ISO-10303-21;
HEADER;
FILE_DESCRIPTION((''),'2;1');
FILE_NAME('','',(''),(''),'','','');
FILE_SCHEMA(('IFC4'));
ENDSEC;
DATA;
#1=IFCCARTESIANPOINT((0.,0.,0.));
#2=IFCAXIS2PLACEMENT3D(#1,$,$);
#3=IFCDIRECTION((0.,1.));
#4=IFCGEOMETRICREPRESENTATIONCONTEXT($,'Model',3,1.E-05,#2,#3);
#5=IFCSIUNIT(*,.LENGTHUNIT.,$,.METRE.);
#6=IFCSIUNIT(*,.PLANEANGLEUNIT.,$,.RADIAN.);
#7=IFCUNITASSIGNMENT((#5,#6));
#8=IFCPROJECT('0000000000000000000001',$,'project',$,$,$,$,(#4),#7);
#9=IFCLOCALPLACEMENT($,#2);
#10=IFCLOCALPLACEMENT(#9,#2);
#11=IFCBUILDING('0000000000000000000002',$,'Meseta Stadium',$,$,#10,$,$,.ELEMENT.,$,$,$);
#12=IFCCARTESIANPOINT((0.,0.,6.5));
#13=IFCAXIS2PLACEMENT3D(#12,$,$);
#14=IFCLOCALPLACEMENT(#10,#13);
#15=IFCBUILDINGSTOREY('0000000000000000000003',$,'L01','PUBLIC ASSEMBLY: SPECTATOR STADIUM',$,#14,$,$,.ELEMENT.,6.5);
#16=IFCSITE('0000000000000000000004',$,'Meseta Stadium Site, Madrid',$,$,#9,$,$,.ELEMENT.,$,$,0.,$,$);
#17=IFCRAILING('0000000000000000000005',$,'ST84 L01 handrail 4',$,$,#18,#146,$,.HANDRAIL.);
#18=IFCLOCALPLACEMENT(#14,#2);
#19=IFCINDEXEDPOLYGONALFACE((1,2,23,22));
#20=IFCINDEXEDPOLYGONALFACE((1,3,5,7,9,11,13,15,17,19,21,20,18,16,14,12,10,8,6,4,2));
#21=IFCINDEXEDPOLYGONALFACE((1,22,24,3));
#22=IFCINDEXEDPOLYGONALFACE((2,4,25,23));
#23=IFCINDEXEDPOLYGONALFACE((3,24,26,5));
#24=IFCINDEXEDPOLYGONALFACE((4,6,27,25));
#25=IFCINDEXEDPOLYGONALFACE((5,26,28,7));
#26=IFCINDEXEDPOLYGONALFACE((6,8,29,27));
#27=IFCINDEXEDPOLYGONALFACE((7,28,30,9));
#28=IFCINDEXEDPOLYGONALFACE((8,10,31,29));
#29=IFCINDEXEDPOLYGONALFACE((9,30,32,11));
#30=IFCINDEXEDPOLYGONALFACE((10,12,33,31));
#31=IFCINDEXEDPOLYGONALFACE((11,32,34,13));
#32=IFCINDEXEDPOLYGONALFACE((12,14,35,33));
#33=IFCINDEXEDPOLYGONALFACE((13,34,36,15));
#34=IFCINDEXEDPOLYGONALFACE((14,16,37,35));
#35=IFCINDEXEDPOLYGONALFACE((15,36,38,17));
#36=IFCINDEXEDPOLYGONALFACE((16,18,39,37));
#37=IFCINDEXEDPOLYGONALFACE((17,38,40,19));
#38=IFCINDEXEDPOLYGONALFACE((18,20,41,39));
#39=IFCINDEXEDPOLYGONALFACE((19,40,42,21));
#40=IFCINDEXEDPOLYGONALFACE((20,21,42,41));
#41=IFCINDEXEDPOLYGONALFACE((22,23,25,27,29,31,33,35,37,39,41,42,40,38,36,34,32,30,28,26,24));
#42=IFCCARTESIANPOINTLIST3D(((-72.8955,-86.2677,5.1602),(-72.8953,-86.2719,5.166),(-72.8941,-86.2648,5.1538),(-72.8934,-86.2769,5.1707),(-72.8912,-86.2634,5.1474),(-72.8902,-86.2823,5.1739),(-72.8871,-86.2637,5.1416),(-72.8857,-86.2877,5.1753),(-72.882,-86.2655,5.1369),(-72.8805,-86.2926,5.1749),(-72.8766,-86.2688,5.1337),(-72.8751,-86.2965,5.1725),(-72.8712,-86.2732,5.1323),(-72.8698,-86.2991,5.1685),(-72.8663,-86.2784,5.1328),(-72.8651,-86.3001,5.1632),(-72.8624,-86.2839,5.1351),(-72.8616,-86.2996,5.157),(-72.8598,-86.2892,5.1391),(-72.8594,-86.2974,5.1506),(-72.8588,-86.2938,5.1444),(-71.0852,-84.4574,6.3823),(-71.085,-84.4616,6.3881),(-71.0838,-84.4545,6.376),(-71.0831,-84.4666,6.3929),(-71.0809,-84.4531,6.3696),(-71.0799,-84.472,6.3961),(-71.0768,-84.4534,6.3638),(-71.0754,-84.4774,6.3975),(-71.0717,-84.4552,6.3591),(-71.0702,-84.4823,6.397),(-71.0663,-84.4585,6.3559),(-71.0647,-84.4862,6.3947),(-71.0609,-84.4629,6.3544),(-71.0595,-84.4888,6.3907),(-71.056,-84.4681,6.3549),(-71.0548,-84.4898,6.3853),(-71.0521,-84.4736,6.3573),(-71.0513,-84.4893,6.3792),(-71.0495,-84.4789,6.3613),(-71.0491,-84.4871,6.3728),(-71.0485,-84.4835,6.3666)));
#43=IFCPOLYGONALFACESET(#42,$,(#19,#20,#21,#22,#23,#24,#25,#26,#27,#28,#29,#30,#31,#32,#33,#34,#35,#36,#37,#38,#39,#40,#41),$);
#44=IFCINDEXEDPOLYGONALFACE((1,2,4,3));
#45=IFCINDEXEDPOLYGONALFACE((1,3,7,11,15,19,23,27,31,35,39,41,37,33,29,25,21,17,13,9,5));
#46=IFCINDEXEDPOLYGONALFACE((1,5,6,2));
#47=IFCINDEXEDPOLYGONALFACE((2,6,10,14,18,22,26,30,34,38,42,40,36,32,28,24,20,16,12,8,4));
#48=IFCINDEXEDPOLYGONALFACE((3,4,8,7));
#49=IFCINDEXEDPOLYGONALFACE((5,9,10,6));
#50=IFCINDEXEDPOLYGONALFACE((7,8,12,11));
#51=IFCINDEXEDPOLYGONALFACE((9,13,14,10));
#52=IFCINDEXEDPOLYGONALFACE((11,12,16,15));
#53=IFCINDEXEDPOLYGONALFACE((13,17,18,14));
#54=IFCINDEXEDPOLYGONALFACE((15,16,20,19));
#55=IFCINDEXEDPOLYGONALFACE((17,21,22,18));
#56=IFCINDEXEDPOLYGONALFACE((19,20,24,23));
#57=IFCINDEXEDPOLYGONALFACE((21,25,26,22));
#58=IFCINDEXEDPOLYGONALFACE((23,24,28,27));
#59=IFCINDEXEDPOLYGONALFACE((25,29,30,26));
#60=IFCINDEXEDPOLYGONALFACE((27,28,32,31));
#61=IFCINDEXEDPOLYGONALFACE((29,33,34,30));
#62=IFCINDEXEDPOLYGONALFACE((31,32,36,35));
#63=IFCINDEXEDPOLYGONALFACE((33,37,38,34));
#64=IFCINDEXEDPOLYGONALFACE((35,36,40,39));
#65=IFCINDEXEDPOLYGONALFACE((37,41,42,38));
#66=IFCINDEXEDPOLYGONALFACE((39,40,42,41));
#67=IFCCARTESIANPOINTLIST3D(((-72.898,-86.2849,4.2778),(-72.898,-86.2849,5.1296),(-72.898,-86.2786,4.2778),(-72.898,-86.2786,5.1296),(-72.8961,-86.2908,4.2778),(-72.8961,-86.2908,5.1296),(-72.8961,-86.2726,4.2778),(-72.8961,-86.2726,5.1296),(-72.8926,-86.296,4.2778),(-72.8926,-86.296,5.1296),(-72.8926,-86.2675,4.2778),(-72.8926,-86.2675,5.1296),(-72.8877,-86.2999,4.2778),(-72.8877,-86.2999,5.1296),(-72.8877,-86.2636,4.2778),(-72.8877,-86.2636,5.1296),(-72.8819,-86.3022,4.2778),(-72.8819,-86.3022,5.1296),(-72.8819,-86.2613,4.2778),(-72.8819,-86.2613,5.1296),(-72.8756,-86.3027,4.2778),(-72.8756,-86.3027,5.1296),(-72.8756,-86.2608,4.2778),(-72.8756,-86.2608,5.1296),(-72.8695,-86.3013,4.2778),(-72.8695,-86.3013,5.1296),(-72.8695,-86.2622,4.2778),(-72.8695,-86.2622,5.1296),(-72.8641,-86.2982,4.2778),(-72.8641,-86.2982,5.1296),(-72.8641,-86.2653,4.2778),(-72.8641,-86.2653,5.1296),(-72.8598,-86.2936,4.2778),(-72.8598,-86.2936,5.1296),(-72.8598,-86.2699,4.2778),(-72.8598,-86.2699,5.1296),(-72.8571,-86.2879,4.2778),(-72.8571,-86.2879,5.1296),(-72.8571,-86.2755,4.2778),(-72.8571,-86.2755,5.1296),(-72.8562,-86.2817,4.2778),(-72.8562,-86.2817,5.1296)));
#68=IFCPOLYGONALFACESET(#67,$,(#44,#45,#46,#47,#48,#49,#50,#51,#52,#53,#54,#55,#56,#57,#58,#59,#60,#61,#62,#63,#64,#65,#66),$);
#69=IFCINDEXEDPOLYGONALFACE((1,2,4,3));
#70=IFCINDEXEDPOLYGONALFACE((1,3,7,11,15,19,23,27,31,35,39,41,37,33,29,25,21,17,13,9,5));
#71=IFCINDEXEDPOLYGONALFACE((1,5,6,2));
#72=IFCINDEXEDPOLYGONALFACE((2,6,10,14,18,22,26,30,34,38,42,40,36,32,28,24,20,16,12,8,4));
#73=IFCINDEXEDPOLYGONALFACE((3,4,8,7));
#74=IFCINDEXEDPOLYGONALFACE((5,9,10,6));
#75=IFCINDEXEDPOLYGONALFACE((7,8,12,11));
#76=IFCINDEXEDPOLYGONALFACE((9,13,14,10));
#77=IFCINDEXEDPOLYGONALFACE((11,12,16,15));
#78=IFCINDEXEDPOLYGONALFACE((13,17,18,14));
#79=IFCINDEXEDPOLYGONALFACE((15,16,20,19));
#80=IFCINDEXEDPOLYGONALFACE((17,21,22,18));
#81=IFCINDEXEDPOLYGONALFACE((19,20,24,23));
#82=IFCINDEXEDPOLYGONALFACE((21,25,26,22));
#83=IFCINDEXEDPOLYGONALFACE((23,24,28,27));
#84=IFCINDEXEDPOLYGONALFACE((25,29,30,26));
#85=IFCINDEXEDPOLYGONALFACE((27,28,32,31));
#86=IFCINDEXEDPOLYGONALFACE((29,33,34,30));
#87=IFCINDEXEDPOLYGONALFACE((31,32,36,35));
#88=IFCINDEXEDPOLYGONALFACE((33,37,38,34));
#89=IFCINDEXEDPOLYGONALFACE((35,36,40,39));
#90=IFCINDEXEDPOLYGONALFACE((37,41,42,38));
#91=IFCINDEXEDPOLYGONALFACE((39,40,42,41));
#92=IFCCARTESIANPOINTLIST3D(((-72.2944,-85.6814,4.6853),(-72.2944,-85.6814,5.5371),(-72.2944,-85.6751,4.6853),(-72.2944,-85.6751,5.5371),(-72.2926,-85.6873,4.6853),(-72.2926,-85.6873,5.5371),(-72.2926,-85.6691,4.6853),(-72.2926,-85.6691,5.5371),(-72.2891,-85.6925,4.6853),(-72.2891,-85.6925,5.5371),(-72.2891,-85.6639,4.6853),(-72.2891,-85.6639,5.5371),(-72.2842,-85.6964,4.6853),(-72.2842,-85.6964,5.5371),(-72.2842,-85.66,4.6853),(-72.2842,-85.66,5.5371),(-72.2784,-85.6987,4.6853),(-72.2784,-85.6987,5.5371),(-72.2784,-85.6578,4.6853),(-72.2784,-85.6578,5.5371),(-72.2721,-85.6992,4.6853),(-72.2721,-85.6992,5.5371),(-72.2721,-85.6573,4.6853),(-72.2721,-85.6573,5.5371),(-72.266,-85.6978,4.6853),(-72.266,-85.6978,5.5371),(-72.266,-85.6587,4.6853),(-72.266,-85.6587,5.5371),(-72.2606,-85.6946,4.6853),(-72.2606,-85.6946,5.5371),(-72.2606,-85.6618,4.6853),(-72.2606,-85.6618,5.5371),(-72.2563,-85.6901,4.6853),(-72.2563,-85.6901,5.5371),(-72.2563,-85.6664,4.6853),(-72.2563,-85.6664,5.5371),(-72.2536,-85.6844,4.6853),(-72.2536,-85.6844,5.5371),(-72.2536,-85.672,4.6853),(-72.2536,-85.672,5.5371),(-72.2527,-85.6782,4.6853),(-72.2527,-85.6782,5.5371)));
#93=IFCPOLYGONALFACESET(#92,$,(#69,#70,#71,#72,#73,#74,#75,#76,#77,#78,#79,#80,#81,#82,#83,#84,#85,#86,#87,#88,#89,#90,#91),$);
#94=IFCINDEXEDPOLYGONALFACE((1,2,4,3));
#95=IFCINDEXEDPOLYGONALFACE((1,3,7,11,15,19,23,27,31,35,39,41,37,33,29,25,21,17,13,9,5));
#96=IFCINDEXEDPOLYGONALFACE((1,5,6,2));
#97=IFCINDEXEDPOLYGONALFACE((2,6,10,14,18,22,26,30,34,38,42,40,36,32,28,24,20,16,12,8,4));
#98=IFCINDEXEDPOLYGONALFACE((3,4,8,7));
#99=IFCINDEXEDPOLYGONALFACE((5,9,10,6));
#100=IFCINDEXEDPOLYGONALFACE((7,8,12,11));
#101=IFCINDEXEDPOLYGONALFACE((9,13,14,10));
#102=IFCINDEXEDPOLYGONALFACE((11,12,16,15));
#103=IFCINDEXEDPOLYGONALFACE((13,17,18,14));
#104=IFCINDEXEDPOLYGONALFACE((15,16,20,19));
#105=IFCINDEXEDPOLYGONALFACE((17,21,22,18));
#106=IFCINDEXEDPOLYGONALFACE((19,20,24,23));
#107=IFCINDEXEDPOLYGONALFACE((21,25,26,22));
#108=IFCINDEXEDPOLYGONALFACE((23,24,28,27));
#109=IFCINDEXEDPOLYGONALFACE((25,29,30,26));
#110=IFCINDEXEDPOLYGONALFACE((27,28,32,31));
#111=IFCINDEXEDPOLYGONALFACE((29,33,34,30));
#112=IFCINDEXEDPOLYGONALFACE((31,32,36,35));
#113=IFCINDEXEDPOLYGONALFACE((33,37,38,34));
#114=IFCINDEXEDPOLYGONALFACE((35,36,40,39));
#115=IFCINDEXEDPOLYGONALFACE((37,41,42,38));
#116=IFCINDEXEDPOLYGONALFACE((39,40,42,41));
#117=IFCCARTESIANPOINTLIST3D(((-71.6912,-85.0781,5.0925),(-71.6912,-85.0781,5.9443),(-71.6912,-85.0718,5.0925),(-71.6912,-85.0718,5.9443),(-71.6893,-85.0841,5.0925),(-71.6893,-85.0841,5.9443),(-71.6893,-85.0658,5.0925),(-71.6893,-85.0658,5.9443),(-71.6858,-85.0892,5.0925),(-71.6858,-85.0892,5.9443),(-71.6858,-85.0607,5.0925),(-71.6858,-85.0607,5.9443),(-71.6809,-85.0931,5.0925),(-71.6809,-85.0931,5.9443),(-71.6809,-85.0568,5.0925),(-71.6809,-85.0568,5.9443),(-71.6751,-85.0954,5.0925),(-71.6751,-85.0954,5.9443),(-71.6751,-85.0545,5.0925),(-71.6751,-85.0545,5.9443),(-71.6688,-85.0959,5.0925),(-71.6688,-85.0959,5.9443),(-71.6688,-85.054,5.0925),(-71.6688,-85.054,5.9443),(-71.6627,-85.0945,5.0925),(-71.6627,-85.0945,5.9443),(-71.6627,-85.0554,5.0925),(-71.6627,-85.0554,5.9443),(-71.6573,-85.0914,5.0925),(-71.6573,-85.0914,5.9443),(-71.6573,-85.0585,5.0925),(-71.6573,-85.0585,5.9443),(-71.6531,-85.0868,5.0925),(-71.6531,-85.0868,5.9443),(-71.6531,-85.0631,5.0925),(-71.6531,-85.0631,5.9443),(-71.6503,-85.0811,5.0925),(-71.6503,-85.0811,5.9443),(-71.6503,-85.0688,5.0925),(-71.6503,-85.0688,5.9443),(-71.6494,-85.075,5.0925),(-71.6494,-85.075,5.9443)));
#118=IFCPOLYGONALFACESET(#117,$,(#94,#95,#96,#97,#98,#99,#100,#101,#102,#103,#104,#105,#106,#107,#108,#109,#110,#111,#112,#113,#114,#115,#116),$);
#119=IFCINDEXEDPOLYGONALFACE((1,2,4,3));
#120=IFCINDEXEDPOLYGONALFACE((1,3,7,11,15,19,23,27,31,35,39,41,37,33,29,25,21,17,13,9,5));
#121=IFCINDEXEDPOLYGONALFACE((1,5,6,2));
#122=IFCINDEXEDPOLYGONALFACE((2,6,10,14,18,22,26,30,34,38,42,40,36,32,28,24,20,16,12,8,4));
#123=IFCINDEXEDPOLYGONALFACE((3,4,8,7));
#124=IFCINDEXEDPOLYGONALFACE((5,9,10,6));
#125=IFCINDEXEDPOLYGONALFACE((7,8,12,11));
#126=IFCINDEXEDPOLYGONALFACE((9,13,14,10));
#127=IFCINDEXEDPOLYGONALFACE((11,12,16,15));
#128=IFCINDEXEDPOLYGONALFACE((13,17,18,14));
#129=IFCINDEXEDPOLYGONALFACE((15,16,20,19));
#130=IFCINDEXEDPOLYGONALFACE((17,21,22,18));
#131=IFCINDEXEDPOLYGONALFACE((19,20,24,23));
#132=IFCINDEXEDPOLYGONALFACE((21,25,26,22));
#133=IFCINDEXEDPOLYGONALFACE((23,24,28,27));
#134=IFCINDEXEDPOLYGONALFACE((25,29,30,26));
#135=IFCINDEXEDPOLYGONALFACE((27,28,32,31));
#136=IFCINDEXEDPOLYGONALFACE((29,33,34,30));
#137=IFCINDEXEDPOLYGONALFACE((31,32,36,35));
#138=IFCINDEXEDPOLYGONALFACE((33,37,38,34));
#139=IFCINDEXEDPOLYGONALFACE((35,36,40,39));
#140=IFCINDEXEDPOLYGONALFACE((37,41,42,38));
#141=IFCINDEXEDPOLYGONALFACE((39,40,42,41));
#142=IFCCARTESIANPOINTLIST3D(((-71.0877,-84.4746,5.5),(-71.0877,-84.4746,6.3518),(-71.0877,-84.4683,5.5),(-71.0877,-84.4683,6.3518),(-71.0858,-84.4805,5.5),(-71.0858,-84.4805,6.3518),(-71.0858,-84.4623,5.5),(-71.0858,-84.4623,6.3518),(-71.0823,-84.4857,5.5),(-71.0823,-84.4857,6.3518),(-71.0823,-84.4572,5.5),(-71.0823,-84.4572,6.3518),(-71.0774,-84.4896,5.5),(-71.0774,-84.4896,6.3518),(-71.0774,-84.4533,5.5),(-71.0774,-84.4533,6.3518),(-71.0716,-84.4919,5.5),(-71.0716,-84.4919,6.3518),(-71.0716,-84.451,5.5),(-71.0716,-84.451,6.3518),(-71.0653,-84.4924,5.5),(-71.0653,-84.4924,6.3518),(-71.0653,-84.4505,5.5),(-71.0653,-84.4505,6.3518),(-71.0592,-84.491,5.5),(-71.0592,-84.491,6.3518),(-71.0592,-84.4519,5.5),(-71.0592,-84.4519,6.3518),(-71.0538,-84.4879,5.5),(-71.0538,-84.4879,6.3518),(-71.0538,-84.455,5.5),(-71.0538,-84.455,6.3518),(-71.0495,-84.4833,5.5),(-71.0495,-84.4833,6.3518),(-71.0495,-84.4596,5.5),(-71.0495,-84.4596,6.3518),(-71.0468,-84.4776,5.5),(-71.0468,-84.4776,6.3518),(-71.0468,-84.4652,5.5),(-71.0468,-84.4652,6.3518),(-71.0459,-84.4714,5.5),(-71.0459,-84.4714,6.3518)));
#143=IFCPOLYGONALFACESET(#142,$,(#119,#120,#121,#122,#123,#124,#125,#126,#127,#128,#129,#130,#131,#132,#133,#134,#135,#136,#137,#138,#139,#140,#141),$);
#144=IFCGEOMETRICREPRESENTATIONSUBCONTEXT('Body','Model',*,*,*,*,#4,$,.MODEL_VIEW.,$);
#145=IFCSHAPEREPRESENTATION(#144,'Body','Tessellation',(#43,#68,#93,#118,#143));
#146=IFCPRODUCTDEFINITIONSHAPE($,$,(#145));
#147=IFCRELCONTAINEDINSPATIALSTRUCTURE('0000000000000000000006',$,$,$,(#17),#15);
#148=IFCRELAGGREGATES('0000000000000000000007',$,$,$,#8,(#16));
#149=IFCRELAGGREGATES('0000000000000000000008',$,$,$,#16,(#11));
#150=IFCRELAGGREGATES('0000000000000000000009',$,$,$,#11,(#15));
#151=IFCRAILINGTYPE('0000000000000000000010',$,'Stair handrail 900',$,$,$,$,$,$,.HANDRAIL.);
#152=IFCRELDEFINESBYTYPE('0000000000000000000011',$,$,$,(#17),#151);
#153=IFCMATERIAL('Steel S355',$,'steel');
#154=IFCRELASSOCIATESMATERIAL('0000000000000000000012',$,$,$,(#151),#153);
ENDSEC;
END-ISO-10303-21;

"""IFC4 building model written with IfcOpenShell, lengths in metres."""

from ifc_helpers import new_model, si_unit, direction, frame, origin, origin_2d, place, context, subcontext, project, spatial, circle, extrude, material, type_object, element, save


model = new_model("IFC4")

# Units and contexts
model_context = context("Model", 3, precision=1e-05, world=origin(), true_north=direction((0.0, 1.0)))
body_context = subcontext(model_context, "Body", "Model", "MODEL_VIEW")
ifc_project = project(units=[si_unit("LENGTHUNIT", "METRE"), si_unit("PLANEANGLEUNIT", "RADIAN")], contexts=[model_context])

# Site, building, storey
site_placement = place(None, origin())
site = spatial("IfcSite", under=ifc_project, at=site_placement, Name="Meseta Stadium Site, Madrid", CompositionType="ELEMENT", RefElevation=0.0)
building_placement = place(site_placement, origin())
building = spatial("IfcBuilding", under=site, at=building_placement, Name="Meseta Stadium", CompositionType="ELEMENT")
storey_placement = place(building_placement, frame((0.0, 0.0, 6.5)))
storey = spatial("IfcBuildingStorey", under=building, at=storey_placement, Name="L01", Description="PUBLIC ASSEMBLY: SPECTATOR STADIUM", CompositionType="ELEMENT", Elevation=6.5)

# Railing
ifc_material_1 = material(Name="Steel S355", Category="steel")
railing_type = type_object("IfcRailingType", Name="Stair handrail 900", PredefinedType="HANDRAIL", material=ifc_material_1)
for number, where, name in (
    (1, (-72.8772, -86.2817, 4.2778), "ST84 L01 handrail 4"),
):
    element("IfcRailing", number, at=place(storey_placement, frame(where)), inside=storey, type_object=railing_type, Name=name, PredefinedType="HANDRAIL", context=body_context, shape_type="SweptSolid", body=[
        extrude(circle(Radius=0.0239, at=origin_2d()), frame((0.0, 0.0, 0.876), z_axis=(0.638124, 0.638124, 0.430809), x_axis=(-0.707107, 0.707107, 0.0)), (0.0, 0.0, 1.0), 2.8369),
        extrude(circle(Radius=0.021, at=origin_2d()), origin(), (0.0, 0.0, 1.0), 0.8518),
        extrude(circle(Radius=0.021, at=origin_2d()), frame((0.6035, 0.6035, 0.4075)), (0.0, 0.0, 1.0), 0.8518),
        extrude(circle(Radius=0.021, at=origin_2d()), frame((1.2068, 1.2068, 0.8147)), (0.0, 0.0, 1.0), 0.8518),
        extrude(circle(Radius=0.021, at=origin_2d()), frame((1.8103, 1.8103, 1.2222)), (0.0, 0.0, 1.0), 0.8518),
    ])

save(model, "model.ifc")
